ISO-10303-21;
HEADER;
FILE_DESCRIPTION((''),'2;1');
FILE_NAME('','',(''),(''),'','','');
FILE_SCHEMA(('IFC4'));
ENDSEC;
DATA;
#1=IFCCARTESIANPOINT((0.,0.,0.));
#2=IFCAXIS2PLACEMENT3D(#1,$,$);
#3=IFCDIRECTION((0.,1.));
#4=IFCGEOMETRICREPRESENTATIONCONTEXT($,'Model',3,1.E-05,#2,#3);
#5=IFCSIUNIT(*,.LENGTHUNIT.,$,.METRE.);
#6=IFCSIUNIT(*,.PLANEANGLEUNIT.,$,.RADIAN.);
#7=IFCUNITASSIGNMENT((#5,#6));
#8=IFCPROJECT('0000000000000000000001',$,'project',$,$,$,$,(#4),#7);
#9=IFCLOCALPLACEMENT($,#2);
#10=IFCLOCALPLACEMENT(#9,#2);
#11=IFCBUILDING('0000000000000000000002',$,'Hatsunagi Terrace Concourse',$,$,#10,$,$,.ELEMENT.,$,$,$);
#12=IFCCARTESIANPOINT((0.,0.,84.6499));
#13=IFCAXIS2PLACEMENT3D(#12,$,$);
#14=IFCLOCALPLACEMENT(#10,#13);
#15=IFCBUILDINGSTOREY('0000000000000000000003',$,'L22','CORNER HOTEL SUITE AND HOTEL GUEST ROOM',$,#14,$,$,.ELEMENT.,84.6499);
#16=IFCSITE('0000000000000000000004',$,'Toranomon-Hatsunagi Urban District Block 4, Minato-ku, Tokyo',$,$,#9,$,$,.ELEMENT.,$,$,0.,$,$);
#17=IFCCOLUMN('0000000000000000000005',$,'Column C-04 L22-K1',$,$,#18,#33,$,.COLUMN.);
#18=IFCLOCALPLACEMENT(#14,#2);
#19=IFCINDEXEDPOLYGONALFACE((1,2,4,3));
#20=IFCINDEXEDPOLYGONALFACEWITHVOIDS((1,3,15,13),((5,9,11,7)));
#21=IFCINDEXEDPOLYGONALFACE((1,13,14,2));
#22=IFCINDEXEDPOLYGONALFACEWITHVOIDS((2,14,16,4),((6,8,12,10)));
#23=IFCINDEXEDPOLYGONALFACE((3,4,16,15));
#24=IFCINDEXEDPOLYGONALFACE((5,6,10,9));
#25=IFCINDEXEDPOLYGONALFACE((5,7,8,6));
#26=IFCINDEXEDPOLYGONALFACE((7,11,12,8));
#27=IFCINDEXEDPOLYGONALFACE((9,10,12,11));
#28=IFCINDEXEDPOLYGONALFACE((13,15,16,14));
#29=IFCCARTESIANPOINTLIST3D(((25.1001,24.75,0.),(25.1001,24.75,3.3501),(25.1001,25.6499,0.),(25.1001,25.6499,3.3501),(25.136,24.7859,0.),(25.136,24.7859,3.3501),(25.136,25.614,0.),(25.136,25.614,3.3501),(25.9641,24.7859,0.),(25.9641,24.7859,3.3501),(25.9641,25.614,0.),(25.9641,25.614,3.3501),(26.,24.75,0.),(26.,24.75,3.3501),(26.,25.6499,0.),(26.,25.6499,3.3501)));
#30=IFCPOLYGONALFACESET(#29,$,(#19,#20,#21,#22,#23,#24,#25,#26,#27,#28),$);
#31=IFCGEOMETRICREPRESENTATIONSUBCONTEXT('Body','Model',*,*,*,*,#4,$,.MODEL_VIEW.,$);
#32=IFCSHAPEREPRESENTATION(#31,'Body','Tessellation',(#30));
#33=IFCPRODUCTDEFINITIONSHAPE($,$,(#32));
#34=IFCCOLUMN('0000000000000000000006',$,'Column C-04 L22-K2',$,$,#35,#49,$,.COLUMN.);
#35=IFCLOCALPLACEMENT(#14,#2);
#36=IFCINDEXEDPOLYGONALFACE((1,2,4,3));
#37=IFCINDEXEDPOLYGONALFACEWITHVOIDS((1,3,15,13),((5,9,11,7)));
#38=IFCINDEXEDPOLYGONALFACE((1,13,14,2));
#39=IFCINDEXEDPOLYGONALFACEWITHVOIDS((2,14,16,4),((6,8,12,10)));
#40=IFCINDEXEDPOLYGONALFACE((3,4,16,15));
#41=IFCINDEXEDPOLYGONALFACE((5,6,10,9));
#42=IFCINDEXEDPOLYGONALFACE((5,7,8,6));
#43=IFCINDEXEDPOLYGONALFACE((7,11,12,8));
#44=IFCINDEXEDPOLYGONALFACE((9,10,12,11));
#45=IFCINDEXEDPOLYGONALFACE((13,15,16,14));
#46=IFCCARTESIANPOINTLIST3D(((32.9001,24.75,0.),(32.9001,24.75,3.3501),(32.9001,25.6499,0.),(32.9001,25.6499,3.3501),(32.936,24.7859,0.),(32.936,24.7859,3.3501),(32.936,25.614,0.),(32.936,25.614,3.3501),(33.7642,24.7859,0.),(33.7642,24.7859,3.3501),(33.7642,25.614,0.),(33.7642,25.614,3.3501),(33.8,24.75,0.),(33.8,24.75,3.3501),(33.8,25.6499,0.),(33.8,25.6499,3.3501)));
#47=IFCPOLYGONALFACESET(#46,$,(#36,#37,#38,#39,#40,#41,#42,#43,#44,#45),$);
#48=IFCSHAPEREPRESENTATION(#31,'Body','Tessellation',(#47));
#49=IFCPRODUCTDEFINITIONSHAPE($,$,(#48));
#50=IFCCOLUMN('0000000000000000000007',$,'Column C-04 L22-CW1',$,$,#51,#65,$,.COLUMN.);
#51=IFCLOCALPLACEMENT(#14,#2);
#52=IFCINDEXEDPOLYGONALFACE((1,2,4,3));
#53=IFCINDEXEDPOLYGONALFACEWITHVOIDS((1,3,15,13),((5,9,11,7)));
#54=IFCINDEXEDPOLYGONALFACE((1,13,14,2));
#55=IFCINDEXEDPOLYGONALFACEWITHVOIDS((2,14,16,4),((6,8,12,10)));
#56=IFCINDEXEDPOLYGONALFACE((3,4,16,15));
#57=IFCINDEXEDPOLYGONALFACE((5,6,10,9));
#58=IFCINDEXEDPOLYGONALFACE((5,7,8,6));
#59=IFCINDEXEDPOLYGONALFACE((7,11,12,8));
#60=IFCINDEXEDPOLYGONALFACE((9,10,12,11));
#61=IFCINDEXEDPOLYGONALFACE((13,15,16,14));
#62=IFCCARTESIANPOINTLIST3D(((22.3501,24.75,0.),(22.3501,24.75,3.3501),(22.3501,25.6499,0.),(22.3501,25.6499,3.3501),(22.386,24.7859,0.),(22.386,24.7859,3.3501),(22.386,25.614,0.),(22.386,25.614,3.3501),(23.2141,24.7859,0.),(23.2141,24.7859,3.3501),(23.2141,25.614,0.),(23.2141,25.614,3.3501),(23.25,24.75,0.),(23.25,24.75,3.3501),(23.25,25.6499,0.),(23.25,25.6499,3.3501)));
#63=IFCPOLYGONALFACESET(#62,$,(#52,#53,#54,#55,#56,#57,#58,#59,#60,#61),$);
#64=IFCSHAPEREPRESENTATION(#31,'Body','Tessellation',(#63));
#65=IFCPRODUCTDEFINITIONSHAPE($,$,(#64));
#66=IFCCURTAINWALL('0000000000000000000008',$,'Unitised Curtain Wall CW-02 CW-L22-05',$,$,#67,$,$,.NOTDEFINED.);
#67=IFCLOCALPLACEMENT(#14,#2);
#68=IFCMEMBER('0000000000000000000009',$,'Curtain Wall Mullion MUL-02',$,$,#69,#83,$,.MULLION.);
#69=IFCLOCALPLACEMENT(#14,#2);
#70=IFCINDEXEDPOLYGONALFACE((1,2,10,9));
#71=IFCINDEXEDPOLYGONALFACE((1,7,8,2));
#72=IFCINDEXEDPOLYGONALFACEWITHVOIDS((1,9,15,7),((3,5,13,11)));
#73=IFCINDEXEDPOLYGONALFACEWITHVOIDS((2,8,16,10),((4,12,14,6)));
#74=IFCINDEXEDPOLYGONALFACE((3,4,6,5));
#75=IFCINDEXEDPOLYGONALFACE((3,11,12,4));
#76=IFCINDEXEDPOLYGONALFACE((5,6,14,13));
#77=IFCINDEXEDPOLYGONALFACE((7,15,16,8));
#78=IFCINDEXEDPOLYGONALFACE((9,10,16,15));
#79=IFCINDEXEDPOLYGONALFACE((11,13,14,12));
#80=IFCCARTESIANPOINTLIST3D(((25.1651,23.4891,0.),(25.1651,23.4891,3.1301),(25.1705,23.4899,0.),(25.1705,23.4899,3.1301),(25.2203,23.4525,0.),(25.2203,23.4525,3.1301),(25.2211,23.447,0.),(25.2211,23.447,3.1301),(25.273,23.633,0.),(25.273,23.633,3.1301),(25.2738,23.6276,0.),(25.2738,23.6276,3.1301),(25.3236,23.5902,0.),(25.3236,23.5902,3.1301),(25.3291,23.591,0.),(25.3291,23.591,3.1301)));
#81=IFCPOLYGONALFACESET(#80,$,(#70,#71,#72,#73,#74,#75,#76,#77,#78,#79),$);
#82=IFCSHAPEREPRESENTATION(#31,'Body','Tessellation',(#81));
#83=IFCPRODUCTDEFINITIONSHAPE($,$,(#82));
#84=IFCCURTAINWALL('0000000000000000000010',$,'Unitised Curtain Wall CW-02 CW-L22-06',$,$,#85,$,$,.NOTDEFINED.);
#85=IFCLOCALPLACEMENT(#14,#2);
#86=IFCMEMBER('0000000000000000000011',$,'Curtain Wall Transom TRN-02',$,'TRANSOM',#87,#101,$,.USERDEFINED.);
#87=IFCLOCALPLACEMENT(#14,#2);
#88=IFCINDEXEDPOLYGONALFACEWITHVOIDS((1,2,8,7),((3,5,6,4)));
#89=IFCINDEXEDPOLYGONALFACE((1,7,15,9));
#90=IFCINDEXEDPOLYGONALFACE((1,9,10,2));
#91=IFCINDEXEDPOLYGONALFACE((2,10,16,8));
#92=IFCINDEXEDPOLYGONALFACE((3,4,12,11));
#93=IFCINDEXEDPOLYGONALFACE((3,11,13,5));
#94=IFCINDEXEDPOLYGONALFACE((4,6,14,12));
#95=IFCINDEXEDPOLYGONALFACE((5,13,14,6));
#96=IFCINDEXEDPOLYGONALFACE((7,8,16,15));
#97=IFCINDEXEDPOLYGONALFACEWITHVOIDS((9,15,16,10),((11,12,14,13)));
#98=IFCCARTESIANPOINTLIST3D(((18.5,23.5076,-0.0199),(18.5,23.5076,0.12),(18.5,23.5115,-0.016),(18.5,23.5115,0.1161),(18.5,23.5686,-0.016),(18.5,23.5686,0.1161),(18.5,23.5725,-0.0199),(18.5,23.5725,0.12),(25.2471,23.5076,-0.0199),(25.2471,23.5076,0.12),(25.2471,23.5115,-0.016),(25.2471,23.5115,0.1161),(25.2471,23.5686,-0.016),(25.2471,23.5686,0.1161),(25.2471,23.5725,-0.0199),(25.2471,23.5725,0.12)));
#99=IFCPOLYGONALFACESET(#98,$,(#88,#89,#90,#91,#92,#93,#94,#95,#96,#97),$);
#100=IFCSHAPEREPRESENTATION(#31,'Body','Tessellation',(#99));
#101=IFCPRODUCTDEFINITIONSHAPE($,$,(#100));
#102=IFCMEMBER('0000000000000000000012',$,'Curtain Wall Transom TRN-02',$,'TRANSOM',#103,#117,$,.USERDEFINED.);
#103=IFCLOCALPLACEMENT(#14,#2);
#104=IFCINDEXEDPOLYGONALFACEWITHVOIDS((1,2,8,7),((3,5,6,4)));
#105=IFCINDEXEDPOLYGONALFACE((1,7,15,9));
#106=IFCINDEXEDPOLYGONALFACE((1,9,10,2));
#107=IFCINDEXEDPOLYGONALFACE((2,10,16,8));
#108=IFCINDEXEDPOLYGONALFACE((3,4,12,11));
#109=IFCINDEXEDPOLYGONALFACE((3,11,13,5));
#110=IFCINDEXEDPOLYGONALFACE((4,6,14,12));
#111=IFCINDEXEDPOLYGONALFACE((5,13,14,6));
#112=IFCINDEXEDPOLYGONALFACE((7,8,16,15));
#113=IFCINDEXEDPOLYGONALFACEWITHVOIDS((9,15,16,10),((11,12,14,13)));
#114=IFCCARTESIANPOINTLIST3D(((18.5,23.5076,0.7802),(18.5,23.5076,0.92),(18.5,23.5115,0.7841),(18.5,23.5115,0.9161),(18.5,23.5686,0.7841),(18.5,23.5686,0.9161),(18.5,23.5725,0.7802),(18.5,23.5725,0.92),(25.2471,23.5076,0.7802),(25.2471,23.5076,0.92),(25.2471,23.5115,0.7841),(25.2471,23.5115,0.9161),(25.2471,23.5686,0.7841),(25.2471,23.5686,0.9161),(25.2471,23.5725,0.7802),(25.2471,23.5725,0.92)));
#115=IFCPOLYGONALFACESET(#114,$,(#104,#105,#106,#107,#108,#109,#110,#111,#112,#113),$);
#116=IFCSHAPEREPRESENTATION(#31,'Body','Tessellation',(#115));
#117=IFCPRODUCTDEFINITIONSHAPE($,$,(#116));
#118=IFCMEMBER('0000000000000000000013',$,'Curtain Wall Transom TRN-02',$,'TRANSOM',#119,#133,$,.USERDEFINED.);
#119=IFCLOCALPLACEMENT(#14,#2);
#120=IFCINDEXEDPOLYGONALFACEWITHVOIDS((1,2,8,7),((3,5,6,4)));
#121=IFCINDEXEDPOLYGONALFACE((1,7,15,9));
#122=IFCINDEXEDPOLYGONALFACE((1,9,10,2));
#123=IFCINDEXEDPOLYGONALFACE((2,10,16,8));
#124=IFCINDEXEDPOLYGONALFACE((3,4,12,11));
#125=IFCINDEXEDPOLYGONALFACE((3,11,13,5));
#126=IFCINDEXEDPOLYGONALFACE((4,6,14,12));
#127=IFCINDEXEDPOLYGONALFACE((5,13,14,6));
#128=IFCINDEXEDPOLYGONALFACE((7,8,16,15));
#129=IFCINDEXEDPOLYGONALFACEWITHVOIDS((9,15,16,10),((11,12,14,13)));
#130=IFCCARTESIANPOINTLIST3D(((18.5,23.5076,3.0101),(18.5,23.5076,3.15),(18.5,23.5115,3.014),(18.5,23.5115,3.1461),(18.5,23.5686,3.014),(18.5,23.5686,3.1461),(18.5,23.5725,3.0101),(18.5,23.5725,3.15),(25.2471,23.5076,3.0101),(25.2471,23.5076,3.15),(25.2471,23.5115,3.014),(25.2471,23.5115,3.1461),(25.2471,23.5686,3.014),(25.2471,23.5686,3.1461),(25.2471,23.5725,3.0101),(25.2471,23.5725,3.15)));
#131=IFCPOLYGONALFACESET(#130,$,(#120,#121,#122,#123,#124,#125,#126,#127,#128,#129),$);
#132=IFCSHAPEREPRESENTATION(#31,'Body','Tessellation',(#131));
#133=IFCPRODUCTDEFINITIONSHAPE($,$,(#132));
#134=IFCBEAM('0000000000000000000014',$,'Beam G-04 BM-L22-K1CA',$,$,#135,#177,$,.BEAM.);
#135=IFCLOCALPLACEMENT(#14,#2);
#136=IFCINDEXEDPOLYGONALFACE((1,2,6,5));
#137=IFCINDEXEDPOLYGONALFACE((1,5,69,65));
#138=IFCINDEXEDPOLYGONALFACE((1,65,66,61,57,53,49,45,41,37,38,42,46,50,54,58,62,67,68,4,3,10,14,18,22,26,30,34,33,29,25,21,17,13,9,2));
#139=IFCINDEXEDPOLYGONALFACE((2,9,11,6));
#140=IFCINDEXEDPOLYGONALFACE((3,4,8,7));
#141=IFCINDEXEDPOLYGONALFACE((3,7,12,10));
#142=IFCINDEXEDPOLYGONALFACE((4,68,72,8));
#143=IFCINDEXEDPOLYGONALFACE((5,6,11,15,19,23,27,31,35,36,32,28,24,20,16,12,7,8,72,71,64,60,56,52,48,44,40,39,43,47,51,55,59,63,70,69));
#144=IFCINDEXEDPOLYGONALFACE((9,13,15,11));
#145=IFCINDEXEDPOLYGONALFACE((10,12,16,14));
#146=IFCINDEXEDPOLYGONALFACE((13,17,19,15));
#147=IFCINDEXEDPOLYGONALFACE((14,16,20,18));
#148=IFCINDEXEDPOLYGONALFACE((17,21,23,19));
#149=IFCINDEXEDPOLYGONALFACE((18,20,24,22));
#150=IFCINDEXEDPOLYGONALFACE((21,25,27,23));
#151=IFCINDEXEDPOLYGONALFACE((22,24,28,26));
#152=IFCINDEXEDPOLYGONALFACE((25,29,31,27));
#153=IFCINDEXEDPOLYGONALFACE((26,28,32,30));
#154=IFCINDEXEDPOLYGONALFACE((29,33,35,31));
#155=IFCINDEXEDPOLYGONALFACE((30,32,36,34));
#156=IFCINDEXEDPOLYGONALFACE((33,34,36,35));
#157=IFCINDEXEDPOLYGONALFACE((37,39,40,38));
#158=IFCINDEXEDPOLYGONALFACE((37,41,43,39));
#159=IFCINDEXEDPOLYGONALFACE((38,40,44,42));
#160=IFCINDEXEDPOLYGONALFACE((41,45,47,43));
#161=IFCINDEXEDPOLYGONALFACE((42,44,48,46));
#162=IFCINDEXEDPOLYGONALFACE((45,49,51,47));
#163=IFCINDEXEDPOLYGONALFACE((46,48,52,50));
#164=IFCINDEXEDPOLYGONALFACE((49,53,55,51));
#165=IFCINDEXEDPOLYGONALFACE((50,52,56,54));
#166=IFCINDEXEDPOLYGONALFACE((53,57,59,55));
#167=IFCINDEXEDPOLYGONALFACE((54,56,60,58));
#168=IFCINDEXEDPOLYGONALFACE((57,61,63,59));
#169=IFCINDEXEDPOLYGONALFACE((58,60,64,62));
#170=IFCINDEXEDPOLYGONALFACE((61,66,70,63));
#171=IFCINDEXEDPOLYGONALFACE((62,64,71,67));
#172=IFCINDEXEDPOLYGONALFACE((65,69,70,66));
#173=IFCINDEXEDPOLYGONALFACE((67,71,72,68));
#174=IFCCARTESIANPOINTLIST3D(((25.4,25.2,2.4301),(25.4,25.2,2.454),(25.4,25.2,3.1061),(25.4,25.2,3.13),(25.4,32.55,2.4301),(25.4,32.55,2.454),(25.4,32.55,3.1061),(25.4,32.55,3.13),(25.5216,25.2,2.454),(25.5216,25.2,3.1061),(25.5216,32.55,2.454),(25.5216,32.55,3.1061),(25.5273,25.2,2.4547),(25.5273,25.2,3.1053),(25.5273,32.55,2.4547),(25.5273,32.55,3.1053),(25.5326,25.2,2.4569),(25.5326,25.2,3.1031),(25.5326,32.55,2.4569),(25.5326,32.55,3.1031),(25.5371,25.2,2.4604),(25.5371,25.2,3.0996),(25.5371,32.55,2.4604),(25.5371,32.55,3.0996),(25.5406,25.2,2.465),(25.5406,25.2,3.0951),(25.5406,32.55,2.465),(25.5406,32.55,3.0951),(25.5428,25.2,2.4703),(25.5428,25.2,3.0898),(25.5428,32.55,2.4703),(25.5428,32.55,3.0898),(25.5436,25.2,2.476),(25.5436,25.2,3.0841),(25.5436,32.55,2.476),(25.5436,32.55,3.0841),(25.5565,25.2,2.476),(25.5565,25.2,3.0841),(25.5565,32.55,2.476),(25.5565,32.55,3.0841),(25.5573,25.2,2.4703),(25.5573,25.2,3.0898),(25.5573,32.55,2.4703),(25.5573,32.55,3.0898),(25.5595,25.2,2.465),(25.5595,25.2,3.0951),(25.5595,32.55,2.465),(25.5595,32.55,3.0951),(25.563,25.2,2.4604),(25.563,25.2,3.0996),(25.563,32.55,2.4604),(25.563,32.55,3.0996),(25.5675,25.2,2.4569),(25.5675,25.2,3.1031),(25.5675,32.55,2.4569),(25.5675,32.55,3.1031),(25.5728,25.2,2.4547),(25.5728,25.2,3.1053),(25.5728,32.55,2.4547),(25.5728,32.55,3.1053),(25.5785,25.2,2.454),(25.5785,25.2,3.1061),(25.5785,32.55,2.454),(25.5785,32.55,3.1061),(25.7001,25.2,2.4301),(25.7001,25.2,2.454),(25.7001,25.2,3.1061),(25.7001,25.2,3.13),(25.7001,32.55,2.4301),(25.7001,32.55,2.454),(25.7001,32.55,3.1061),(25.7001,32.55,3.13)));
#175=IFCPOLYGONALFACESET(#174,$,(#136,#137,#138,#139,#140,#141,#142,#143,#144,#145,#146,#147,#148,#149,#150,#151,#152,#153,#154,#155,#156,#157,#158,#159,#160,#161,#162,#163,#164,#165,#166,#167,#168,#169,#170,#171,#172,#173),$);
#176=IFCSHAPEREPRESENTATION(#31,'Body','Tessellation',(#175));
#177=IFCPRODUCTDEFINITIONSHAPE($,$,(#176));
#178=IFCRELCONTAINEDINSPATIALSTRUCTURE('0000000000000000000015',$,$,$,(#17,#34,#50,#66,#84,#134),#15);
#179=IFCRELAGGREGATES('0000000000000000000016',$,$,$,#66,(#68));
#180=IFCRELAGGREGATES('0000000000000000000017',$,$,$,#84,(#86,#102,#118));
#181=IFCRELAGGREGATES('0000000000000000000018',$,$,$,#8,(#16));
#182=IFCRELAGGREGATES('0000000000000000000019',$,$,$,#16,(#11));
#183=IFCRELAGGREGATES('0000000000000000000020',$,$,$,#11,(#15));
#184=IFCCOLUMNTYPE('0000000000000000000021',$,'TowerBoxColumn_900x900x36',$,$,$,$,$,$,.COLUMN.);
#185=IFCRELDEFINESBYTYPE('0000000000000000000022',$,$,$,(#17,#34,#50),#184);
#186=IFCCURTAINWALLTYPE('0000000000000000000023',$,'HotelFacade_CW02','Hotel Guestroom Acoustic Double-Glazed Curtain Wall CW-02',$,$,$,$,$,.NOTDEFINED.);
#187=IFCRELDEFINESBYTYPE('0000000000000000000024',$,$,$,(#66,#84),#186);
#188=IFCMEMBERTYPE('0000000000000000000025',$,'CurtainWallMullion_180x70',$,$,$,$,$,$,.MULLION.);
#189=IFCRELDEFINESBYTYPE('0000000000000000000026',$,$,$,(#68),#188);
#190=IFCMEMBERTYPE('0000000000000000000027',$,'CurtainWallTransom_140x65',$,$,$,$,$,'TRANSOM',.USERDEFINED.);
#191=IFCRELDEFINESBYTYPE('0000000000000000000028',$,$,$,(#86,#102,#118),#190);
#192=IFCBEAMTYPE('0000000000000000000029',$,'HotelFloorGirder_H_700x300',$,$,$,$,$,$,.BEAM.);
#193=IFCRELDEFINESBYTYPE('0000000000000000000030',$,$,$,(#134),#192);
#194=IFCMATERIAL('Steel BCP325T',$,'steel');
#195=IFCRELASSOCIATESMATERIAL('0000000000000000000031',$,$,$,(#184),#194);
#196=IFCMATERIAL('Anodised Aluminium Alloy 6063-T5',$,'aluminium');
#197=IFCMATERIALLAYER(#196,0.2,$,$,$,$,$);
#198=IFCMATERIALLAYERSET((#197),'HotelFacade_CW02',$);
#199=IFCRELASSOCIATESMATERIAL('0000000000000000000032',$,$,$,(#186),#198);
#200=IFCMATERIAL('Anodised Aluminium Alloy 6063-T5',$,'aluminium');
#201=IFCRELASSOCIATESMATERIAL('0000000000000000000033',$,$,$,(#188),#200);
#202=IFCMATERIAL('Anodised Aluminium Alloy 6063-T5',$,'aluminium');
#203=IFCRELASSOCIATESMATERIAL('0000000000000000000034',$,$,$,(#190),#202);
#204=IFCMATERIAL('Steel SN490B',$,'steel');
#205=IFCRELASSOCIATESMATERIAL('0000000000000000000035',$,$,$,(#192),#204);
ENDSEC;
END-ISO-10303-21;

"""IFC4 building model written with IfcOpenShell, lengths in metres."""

from ifc_helpers import new_model, si_unit, direction, frame, origin, origin_2d, place, context, subcontext, project, spatial, hollow_rectangle, i_section, extrude, material, layer, layer_set, material_profile, profile_set, type_object, element, aggregate, save


model = new_model("IFC4")

# Units and contexts
model_context = context("Model", 3, precision=1e-05, world=origin(), true_north=direction((0.0, 1.0)))
body_context = subcontext(model_context, "Body", "Model", "MODEL_VIEW")
ifc_project = project(units=[si_unit("LENGTHUNIT", "METRE"), si_unit("PLANEANGLEUNIT", "RADIAN")], contexts=[model_context])

# Site, building, storey
site_placement = place(None, origin())
site = spatial("IfcSite", under=ifc_project, at=site_placement, Name="Toranomon-Hatsunagi Urban District Block 4, Minato-ku, Tokyo", CompositionType="ELEMENT", RefElevation=0.0)
building_placement = place(site_placement, origin())
building = spatial("IfcBuilding", under=site, at=building_placement, Name="Hatsunagi Terrace Concourse", CompositionType="ELEMENT")
storey_placement = place(building_placement, frame((0.0, 0.0, 84.6499)))
storey = spatial("IfcBuildingStorey", under=building, at=storey_placement, Name="L22", Description="CORNER HOTEL SUITE AND HOTEL GUEST ROOM", CompositionType="ELEMENT", Elevation=84.6499)

# Columns
ifc_material_1 = material(Name="Steel BCP325T", Category="steel")
ifc_material_profile_1 = material_profile(ifc_material_1, hollow_rectangle(XDim=0.8999, YDim=0.8999, WallThickness=0.0359, at=origin_2d()), Name="BCP-900x900x36")
ifc_profile_set_1 = profile_set([ifc_material_profile_1], Name="Steel BCP325T")
column_type = type_object("IfcColumnType", Name="TowerBoxColumn_900x900x36", PredefinedType="COLUMN", material=ifc_profile_set_1)
for number, where, z_axis, x_axis, name in (
    (1, (25.55, 25.2, 0.0), (0.0, 0.0, 1.0), (1.0, 0.0, 0.0), "Column C-04 L22-K1"),
    (2, (33.3501, 25.2, 0.0), (0.0, 0.0, 1.0), (1.0, 0.0, 0.0), "Column C-04 L22-K2"),
    (3, (22.8, 25.2, 0.0), (0.0, 0.0, 1.0), (1.0, 0.0, 0.0), "Column C-04 L22-CW1"),
):
    element("IfcColumn", number, at=place(storey_placement, frame(where, z_axis=z_axis, x_axis=x_axis)), inside=storey, type_object=column_type, Name=name, PredefinedType="COLUMN", context=body_context, shape_type="SweptSolid", body=[
        extrude(hollow_rectangle(XDim=0.8999, YDim=0.8999, WallThickness=0.0359, at=origin_2d()), origin(), (0.0, 0.0, 1.0), 3.3501),
    ])

# Curtain wall, member
ifc_material_2 = material(Name="Anodised Aluminium Alloy 6063-T5", Category="aluminium")
ifc_layer_1 = layer(ifc_material_2, 0.2)
ifc_layer_set_1 = layer_set([ifc_layer_1], Name="HotelFacade_CW02")
curtain_wall_type = type_object("IfcCurtainWallType", Name="HotelFacade_CW02", Description="Hotel Guestroom Acoustic Double-Glazed Curtain Wall CW-02", PredefinedType="NOTDEFINED", material=ifc_layer_set_1)
curtain_wall_1_placement = place(storey_placement, origin())
curtain_wall_1 = element("IfcCurtainWall", 4, at=curtain_wall_1_placement, inside=storey, type_object=curtain_wall_type, Name="Unitised Curtain Wall CW-02 CW-L22-05", PredefinedType="NOTDEFINED")
ifc_material_3 = material(Name="Anodised Aluminium Alloy 6063-T5", Category="aluminium")
ifc_material_profile_2 = material_profile(ifc_material_3, hollow_rectangle(XDim=0.0701, YDim=0.1799, WallThickness=0.0039, at=origin_2d()), Name="ALU-MUL-180x70x4")
ifc_profile_set_2 = profile_set([ifc_material_profile_2], Name="Anodised Aluminium Alloy 6063-T5")
member_type_1 = type_object("IfcMemberType", Name="CurtainWallMullion_180x70", PredefinedType="MULLION", material=ifc_profile_set_2)
member_1_placement = place(storey_placement, frame((25.2471, 23.54, 0.0), z_axis=(0.0, 0.0, 1.0), x_axis=(-0.800003, 0.599996, 0.0)))
member_1 = element("IfcMember", 5, at=member_1_placement, type_object=member_type_1, Name="Curtain Wall Mullion MUL-02", PredefinedType="MULLION", context=body_context, shape_type="SweptSolid", body=[
    extrude(hollow_rectangle(XDim=0.0701, YDim=0.1799, WallThickness=0.0039, at=origin_2d()), origin(), (0.0, 0.0, 1.0), 3.1301),
])
aggregate(curtain_wall_1, [member_1])

# Curtain wall, members
curtain_wall_2_placement = place(storey_placement, origin())
curtain_wall_2 = element("IfcCurtainWall", 6, at=curtain_wall_2_placement, inside=storey, type_object=curtain_wall_type, Name="Unitised Curtain Wall CW-02 CW-L22-06", PredefinedType="NOTDEFINED")
ifc_material_4 = material(Name="Anodised Aluminium Alloy 6063-T5", Category="aluminium")
ifc_material_profile_3 = material_profile(ifc_material_4, hollow_rectangle(XDim=0.0649, YDim=0.1399, WallThickness=0.0039, at=origin_2d()), Name="ALU-TRN-140x65x4")
ifc_profile_set_3 = profile_set([ifc_material_profile_3], Name="Anodised Aluminium Alloy 6063-T5")
member_type_2 = type_object("IfcMemberType", Name="CurtainWallTransom_140x65", ElementType="TRANSOM", PredefinedType="USERDEFINED", material=ifc_profile_set_3)
member_2_placement = place(storey_placement, frame((25.2471, 23.54, 0.05), z_axis=(-1.0, 0.0, 0.0), x_axis=(0.0, -1.0, 0.0)))
member_2 = element("IfcMember", 7, at=member_2_placement, type_object=member_type_2, Name="Curtain Wall Transom TRN-02", ObjectType="TRANSOM", PredefinedType="USERDEFINED", context=body_context, shape_type="SweptSolid", body=[
    extrude(hollow_rectangle(XDim=0.0649, YDim=0.1399, WallThickness=0.0039, at=origin_2d()), origin(), (0.0, 0.0, 1.0), 6.7471),
])
member_3_placement = place(storey_placement, frame((25.2471, 23.54, 0.8501), z_axis=(-1.0, 0.0, 0.0), x_axis=(0.0, -1.0, 0.0)))
member_3 = element("IfcMember", 8, at=member_3_placement, type_object=member_type_2, Name="Curtain Wall Transom TRN-02", ObjectType="TRANSOM", PredefinedType="USERDEFINED", context=body_context, shape_type="SweptSolid", body=[
    extrude(hollow_rectangle(XDim=0.0649, YDim=0.1399, WallThickness=0.0039, at=origin_2d()), origin(), (0.0, 0.0, 1.0), 6.7471),
])
member_4_placement = place(storey_placement, frame((25.2471, 23.54, 3.0801), z_axis=(-1.0, 0.0, 0.0), x_axis=(0.0, -1.0, 0.0)))
member_4 = element("IfcMember", 9, at=member_4_placement, type_object=member_type_2, Name="Curtain Wall Transom TRN-02", ObjectType="TRANSOM", PredefinedType="USERDEFINED", context=body_context, shape_type="SweptSolid", body=[
    extrude(hollow_rectangle(XDim=0.0649, YDim=0.1399, WallThickness=0.0039, at=origin_2d()), origin(), (0.0, 0.0, 1.0), 6.7471),
])

# Beam
ifc_material_5 = material(Name="Steel SN490B", Category="steel")
ifc_material_profile_4 = material_profile(ifc_material_5, i_section(OverallWidth=0.3, OverallDepth=0.7, WebThickness=0.0129, FlangeThickness=0.0239, FilletRadius=0.022, at=origin_2d()), Name="H-700x300x13x24")
ifc_profile_set_4 = profile_set([ifc_material_profile_4], Name="Steel SN490B")
beam_type_1 = type_object("IfcBeamType", Name="HotelFloorGirder_H_700x300", PredefinedType="BEAM", material=ifc_profile_set_4)
beam_1_placement = place(storey_placement, frame((25.55, 25.2, 2.78), z_axis=(0.0, 1.0, 0.0), x_axis=(-1.0, 0.0, 0.0)))
element("IfcBeam", 10, at=beam_1_placement, inside=storey, type_object=beam_type_1, Name="Beam G-04 BM-L22-K1CA", PredefinedType="BEAM", context=body_context, shape_type="SweptSolid", body=[
    extrude(i_section(OverallWidth=0.3, OverallDepth=0.7, WebThickness=0.0129, FlangeThickness=0.0239, FilletRadius=0.022, at=origin_2d()), origin(), (0.0, 0.0, 1.0), 7.3501),
])

aggregate(curtain_wall_2, [member_2, member_3, member_4])

save(model, "model.ifc")
